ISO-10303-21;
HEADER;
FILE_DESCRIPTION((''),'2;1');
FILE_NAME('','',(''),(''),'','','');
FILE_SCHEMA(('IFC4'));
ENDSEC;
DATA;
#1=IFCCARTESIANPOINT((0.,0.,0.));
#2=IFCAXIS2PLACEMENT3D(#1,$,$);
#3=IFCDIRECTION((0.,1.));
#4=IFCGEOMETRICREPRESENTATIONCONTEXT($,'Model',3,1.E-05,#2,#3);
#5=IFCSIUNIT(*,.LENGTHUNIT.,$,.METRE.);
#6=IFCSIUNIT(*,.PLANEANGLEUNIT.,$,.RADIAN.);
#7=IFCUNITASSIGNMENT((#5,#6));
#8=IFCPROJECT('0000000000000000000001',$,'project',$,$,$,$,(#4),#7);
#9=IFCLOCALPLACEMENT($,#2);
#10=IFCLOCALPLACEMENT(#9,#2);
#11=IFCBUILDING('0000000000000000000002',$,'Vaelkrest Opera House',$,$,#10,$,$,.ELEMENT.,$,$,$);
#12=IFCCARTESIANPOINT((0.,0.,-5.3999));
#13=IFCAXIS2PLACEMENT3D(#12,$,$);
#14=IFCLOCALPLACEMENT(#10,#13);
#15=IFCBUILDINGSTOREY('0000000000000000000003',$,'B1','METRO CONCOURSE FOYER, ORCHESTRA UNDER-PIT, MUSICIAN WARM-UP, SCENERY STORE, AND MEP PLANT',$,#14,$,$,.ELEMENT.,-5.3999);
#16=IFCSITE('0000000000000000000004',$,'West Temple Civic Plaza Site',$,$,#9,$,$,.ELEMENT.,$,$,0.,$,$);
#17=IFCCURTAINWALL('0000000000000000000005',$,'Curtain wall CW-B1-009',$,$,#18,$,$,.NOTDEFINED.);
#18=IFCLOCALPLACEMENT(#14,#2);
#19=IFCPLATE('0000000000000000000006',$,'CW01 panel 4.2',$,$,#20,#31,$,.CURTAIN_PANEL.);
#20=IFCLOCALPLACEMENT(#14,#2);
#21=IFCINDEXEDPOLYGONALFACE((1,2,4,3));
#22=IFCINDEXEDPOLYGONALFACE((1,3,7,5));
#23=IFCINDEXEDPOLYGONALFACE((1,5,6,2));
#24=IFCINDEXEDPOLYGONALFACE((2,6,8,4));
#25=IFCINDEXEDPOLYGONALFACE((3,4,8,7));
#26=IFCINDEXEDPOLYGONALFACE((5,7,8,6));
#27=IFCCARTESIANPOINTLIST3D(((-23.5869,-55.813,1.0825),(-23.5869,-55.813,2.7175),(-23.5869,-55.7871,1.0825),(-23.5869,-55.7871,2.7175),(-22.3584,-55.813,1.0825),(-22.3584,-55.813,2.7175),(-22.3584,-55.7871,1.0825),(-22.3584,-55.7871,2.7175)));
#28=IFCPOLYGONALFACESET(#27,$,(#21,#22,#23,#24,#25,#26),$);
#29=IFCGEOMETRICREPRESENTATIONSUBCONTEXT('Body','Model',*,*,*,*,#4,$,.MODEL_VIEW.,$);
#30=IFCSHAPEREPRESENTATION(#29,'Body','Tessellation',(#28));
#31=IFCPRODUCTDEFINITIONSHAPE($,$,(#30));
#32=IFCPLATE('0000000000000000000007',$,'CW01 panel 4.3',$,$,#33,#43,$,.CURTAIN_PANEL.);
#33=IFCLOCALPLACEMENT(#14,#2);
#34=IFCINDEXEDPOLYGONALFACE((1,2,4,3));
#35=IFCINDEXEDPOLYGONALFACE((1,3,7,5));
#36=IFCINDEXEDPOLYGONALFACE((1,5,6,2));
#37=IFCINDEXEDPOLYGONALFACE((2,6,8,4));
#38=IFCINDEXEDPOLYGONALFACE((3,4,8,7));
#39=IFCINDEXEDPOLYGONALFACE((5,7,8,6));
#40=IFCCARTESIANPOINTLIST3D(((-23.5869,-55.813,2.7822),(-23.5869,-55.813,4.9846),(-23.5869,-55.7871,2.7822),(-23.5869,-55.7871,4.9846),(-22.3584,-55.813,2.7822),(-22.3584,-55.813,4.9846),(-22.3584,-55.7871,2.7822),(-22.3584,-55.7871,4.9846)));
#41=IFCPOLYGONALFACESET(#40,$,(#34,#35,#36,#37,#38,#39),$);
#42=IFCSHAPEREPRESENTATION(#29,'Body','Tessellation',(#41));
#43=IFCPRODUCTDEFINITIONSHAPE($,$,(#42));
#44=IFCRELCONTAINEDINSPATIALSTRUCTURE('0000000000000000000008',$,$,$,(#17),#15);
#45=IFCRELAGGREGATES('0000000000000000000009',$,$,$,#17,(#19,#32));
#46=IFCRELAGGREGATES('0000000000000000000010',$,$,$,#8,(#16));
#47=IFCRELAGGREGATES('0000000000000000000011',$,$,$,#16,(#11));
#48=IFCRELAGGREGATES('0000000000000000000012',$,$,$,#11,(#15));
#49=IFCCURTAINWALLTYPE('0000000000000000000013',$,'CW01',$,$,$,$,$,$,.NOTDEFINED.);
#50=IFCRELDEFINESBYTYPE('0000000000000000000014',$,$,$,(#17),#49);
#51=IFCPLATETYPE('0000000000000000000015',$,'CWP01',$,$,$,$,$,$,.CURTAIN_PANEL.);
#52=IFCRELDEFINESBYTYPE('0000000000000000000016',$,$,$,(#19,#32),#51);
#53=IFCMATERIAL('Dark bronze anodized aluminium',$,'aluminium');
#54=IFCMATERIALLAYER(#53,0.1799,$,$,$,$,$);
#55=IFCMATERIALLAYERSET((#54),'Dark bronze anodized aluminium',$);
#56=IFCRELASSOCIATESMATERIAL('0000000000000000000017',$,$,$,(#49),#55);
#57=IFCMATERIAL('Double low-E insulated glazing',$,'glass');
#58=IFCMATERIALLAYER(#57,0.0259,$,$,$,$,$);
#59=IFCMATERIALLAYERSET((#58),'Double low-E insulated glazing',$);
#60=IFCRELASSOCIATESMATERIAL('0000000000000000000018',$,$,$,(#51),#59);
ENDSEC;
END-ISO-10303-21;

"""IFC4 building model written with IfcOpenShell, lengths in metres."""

from ifc_helpers import new_model, si_unit, direction, frame, origin, origin_2d, place, context, subcontext, project, spatial, rectangle, extrude, material, layer, layer_set, type_object, element, aggregate, save


model = new_model("IFC4")

# Units and contexts
model_context = context("Model", 3, precision=1e-05, world=origin(), true_north=direction((0.0, 1.0)))
body_context = subcontext(model_context, "Body", "Model", "MODEL_VIEW")
ifc_project = project(units=[si_unit("LENGTHUNIT", "METRE"), si_unit("PLANEANGLEUNIT", "RADIAN")], contexts=[model_context])

# Site, building, storey
site_placement = place(None, origin())
site = spatial("IfcSite", under=ifc_project, at=site_placement, Name="West Temple Civic Plaza Site", CompositionType="ELEMENT", RefElevation=0.0)
building_placement = place(site_placement, origin())
building = spatial("IfcBuilding", under=site, at=building_placement, Name="Vaelkrest Opera House", CompositionType="ELEMENT")
storey_placement = place(building_placement, frame((0.0, 0.0, -5.3999)))
storey = spatial("IfcBuildingStorey", under=building, at=storey_placement, Name="B1", Description="METRO CONCOURSE FOYER, ORCHESTRA UNDER-PIT, MUSICIAN WARM-UP, SCENERY STORE, AND MEP PLANT", CompositionType="ELEMENT", Elevation=-5.3999)

# Curtain wall
ifc_material_1 = material(Name="Dark bronze anodized aluminium", Category="aluminium")
ifc_layer_1 = layer(ifc_material_1, 0.1799)
ifc_layer_set_1 = layer_set([ifc_layer_1], Name="Dark bronze anodized aluminium")
curtain_wall_type_1 = type_object("IfcCurtainWallType", Name="CW01", PredefinedType="NOTDEFINED", material=ifc_layer_set_1)
curtain_wall_1_placement = place(storey_placement, origin())
curtain_wall_1 = element("IfcCurtainWall", 1, at=curtain_wall_1_placement, inside=storey, type_object=curtain_wall_type_1, Name="Curtain wall CW-B1-009", PredefinedType="NOTDEFINED")

# Plates
ifc_material_2 = material(Name="Double low-E insulated glazing", Category="glass")
ifc_layer_2 = layer(ifc_material_2, 0.0259)
ifc_layer_set_2 = layer_set([ifc_layer_2], Name="Double low-E insulated glazing")
plate_type = type_object("IfcPlateType", Name="CWP01", PredefinedType="CURTAIN_PANEL", material=ifc_layer_set_2)
plate_1_placement = place(storey_placement, frame((-22.9727, -55.8, 1.0825), z_axis=(0.0, 0.0, 1.0), x_axis=(-1.0, 0.0, 0.0)))
plate_1 = element("IfcPlate", 2, at=plate_1_placement, type_object=plate_type, Name="CW01 panel 4.2", PredefinedType="CURTAIN_PANEL", context=body_context, shape_type="SweptSolid", body=[
    extrude(rectangle(XDim=1.2285, YDim=0.0259, at=origin_2d()), origin(), (0.0, 0.0, 1.0), 1.635),
])
plate_2_placement = place(storey_placement, frame((-22.9727, -55.8, 2.7822), z_axis=(0.0, 0.0, 1.0), x_axis=(-1.0, 0.0, 0.0)))
plate_2 = element("IfcPlate", 3, at=plate_2_placement, type_object=plate_type, Name="CW01 panel 4.3", PredefinedType="CURTAIN_PANEL", context=body_context, shape_type="SweptSolid", body=[
    extrude(rectangle(XDim=1.2285, YDim=0.0259, at=origin_2d()), origin(), (0.0, 0.0, 1.0), 2.2024),
])
aggregate(curtain_wall_1, [plate_1, plate_2])

save(model, "model.ifc")
